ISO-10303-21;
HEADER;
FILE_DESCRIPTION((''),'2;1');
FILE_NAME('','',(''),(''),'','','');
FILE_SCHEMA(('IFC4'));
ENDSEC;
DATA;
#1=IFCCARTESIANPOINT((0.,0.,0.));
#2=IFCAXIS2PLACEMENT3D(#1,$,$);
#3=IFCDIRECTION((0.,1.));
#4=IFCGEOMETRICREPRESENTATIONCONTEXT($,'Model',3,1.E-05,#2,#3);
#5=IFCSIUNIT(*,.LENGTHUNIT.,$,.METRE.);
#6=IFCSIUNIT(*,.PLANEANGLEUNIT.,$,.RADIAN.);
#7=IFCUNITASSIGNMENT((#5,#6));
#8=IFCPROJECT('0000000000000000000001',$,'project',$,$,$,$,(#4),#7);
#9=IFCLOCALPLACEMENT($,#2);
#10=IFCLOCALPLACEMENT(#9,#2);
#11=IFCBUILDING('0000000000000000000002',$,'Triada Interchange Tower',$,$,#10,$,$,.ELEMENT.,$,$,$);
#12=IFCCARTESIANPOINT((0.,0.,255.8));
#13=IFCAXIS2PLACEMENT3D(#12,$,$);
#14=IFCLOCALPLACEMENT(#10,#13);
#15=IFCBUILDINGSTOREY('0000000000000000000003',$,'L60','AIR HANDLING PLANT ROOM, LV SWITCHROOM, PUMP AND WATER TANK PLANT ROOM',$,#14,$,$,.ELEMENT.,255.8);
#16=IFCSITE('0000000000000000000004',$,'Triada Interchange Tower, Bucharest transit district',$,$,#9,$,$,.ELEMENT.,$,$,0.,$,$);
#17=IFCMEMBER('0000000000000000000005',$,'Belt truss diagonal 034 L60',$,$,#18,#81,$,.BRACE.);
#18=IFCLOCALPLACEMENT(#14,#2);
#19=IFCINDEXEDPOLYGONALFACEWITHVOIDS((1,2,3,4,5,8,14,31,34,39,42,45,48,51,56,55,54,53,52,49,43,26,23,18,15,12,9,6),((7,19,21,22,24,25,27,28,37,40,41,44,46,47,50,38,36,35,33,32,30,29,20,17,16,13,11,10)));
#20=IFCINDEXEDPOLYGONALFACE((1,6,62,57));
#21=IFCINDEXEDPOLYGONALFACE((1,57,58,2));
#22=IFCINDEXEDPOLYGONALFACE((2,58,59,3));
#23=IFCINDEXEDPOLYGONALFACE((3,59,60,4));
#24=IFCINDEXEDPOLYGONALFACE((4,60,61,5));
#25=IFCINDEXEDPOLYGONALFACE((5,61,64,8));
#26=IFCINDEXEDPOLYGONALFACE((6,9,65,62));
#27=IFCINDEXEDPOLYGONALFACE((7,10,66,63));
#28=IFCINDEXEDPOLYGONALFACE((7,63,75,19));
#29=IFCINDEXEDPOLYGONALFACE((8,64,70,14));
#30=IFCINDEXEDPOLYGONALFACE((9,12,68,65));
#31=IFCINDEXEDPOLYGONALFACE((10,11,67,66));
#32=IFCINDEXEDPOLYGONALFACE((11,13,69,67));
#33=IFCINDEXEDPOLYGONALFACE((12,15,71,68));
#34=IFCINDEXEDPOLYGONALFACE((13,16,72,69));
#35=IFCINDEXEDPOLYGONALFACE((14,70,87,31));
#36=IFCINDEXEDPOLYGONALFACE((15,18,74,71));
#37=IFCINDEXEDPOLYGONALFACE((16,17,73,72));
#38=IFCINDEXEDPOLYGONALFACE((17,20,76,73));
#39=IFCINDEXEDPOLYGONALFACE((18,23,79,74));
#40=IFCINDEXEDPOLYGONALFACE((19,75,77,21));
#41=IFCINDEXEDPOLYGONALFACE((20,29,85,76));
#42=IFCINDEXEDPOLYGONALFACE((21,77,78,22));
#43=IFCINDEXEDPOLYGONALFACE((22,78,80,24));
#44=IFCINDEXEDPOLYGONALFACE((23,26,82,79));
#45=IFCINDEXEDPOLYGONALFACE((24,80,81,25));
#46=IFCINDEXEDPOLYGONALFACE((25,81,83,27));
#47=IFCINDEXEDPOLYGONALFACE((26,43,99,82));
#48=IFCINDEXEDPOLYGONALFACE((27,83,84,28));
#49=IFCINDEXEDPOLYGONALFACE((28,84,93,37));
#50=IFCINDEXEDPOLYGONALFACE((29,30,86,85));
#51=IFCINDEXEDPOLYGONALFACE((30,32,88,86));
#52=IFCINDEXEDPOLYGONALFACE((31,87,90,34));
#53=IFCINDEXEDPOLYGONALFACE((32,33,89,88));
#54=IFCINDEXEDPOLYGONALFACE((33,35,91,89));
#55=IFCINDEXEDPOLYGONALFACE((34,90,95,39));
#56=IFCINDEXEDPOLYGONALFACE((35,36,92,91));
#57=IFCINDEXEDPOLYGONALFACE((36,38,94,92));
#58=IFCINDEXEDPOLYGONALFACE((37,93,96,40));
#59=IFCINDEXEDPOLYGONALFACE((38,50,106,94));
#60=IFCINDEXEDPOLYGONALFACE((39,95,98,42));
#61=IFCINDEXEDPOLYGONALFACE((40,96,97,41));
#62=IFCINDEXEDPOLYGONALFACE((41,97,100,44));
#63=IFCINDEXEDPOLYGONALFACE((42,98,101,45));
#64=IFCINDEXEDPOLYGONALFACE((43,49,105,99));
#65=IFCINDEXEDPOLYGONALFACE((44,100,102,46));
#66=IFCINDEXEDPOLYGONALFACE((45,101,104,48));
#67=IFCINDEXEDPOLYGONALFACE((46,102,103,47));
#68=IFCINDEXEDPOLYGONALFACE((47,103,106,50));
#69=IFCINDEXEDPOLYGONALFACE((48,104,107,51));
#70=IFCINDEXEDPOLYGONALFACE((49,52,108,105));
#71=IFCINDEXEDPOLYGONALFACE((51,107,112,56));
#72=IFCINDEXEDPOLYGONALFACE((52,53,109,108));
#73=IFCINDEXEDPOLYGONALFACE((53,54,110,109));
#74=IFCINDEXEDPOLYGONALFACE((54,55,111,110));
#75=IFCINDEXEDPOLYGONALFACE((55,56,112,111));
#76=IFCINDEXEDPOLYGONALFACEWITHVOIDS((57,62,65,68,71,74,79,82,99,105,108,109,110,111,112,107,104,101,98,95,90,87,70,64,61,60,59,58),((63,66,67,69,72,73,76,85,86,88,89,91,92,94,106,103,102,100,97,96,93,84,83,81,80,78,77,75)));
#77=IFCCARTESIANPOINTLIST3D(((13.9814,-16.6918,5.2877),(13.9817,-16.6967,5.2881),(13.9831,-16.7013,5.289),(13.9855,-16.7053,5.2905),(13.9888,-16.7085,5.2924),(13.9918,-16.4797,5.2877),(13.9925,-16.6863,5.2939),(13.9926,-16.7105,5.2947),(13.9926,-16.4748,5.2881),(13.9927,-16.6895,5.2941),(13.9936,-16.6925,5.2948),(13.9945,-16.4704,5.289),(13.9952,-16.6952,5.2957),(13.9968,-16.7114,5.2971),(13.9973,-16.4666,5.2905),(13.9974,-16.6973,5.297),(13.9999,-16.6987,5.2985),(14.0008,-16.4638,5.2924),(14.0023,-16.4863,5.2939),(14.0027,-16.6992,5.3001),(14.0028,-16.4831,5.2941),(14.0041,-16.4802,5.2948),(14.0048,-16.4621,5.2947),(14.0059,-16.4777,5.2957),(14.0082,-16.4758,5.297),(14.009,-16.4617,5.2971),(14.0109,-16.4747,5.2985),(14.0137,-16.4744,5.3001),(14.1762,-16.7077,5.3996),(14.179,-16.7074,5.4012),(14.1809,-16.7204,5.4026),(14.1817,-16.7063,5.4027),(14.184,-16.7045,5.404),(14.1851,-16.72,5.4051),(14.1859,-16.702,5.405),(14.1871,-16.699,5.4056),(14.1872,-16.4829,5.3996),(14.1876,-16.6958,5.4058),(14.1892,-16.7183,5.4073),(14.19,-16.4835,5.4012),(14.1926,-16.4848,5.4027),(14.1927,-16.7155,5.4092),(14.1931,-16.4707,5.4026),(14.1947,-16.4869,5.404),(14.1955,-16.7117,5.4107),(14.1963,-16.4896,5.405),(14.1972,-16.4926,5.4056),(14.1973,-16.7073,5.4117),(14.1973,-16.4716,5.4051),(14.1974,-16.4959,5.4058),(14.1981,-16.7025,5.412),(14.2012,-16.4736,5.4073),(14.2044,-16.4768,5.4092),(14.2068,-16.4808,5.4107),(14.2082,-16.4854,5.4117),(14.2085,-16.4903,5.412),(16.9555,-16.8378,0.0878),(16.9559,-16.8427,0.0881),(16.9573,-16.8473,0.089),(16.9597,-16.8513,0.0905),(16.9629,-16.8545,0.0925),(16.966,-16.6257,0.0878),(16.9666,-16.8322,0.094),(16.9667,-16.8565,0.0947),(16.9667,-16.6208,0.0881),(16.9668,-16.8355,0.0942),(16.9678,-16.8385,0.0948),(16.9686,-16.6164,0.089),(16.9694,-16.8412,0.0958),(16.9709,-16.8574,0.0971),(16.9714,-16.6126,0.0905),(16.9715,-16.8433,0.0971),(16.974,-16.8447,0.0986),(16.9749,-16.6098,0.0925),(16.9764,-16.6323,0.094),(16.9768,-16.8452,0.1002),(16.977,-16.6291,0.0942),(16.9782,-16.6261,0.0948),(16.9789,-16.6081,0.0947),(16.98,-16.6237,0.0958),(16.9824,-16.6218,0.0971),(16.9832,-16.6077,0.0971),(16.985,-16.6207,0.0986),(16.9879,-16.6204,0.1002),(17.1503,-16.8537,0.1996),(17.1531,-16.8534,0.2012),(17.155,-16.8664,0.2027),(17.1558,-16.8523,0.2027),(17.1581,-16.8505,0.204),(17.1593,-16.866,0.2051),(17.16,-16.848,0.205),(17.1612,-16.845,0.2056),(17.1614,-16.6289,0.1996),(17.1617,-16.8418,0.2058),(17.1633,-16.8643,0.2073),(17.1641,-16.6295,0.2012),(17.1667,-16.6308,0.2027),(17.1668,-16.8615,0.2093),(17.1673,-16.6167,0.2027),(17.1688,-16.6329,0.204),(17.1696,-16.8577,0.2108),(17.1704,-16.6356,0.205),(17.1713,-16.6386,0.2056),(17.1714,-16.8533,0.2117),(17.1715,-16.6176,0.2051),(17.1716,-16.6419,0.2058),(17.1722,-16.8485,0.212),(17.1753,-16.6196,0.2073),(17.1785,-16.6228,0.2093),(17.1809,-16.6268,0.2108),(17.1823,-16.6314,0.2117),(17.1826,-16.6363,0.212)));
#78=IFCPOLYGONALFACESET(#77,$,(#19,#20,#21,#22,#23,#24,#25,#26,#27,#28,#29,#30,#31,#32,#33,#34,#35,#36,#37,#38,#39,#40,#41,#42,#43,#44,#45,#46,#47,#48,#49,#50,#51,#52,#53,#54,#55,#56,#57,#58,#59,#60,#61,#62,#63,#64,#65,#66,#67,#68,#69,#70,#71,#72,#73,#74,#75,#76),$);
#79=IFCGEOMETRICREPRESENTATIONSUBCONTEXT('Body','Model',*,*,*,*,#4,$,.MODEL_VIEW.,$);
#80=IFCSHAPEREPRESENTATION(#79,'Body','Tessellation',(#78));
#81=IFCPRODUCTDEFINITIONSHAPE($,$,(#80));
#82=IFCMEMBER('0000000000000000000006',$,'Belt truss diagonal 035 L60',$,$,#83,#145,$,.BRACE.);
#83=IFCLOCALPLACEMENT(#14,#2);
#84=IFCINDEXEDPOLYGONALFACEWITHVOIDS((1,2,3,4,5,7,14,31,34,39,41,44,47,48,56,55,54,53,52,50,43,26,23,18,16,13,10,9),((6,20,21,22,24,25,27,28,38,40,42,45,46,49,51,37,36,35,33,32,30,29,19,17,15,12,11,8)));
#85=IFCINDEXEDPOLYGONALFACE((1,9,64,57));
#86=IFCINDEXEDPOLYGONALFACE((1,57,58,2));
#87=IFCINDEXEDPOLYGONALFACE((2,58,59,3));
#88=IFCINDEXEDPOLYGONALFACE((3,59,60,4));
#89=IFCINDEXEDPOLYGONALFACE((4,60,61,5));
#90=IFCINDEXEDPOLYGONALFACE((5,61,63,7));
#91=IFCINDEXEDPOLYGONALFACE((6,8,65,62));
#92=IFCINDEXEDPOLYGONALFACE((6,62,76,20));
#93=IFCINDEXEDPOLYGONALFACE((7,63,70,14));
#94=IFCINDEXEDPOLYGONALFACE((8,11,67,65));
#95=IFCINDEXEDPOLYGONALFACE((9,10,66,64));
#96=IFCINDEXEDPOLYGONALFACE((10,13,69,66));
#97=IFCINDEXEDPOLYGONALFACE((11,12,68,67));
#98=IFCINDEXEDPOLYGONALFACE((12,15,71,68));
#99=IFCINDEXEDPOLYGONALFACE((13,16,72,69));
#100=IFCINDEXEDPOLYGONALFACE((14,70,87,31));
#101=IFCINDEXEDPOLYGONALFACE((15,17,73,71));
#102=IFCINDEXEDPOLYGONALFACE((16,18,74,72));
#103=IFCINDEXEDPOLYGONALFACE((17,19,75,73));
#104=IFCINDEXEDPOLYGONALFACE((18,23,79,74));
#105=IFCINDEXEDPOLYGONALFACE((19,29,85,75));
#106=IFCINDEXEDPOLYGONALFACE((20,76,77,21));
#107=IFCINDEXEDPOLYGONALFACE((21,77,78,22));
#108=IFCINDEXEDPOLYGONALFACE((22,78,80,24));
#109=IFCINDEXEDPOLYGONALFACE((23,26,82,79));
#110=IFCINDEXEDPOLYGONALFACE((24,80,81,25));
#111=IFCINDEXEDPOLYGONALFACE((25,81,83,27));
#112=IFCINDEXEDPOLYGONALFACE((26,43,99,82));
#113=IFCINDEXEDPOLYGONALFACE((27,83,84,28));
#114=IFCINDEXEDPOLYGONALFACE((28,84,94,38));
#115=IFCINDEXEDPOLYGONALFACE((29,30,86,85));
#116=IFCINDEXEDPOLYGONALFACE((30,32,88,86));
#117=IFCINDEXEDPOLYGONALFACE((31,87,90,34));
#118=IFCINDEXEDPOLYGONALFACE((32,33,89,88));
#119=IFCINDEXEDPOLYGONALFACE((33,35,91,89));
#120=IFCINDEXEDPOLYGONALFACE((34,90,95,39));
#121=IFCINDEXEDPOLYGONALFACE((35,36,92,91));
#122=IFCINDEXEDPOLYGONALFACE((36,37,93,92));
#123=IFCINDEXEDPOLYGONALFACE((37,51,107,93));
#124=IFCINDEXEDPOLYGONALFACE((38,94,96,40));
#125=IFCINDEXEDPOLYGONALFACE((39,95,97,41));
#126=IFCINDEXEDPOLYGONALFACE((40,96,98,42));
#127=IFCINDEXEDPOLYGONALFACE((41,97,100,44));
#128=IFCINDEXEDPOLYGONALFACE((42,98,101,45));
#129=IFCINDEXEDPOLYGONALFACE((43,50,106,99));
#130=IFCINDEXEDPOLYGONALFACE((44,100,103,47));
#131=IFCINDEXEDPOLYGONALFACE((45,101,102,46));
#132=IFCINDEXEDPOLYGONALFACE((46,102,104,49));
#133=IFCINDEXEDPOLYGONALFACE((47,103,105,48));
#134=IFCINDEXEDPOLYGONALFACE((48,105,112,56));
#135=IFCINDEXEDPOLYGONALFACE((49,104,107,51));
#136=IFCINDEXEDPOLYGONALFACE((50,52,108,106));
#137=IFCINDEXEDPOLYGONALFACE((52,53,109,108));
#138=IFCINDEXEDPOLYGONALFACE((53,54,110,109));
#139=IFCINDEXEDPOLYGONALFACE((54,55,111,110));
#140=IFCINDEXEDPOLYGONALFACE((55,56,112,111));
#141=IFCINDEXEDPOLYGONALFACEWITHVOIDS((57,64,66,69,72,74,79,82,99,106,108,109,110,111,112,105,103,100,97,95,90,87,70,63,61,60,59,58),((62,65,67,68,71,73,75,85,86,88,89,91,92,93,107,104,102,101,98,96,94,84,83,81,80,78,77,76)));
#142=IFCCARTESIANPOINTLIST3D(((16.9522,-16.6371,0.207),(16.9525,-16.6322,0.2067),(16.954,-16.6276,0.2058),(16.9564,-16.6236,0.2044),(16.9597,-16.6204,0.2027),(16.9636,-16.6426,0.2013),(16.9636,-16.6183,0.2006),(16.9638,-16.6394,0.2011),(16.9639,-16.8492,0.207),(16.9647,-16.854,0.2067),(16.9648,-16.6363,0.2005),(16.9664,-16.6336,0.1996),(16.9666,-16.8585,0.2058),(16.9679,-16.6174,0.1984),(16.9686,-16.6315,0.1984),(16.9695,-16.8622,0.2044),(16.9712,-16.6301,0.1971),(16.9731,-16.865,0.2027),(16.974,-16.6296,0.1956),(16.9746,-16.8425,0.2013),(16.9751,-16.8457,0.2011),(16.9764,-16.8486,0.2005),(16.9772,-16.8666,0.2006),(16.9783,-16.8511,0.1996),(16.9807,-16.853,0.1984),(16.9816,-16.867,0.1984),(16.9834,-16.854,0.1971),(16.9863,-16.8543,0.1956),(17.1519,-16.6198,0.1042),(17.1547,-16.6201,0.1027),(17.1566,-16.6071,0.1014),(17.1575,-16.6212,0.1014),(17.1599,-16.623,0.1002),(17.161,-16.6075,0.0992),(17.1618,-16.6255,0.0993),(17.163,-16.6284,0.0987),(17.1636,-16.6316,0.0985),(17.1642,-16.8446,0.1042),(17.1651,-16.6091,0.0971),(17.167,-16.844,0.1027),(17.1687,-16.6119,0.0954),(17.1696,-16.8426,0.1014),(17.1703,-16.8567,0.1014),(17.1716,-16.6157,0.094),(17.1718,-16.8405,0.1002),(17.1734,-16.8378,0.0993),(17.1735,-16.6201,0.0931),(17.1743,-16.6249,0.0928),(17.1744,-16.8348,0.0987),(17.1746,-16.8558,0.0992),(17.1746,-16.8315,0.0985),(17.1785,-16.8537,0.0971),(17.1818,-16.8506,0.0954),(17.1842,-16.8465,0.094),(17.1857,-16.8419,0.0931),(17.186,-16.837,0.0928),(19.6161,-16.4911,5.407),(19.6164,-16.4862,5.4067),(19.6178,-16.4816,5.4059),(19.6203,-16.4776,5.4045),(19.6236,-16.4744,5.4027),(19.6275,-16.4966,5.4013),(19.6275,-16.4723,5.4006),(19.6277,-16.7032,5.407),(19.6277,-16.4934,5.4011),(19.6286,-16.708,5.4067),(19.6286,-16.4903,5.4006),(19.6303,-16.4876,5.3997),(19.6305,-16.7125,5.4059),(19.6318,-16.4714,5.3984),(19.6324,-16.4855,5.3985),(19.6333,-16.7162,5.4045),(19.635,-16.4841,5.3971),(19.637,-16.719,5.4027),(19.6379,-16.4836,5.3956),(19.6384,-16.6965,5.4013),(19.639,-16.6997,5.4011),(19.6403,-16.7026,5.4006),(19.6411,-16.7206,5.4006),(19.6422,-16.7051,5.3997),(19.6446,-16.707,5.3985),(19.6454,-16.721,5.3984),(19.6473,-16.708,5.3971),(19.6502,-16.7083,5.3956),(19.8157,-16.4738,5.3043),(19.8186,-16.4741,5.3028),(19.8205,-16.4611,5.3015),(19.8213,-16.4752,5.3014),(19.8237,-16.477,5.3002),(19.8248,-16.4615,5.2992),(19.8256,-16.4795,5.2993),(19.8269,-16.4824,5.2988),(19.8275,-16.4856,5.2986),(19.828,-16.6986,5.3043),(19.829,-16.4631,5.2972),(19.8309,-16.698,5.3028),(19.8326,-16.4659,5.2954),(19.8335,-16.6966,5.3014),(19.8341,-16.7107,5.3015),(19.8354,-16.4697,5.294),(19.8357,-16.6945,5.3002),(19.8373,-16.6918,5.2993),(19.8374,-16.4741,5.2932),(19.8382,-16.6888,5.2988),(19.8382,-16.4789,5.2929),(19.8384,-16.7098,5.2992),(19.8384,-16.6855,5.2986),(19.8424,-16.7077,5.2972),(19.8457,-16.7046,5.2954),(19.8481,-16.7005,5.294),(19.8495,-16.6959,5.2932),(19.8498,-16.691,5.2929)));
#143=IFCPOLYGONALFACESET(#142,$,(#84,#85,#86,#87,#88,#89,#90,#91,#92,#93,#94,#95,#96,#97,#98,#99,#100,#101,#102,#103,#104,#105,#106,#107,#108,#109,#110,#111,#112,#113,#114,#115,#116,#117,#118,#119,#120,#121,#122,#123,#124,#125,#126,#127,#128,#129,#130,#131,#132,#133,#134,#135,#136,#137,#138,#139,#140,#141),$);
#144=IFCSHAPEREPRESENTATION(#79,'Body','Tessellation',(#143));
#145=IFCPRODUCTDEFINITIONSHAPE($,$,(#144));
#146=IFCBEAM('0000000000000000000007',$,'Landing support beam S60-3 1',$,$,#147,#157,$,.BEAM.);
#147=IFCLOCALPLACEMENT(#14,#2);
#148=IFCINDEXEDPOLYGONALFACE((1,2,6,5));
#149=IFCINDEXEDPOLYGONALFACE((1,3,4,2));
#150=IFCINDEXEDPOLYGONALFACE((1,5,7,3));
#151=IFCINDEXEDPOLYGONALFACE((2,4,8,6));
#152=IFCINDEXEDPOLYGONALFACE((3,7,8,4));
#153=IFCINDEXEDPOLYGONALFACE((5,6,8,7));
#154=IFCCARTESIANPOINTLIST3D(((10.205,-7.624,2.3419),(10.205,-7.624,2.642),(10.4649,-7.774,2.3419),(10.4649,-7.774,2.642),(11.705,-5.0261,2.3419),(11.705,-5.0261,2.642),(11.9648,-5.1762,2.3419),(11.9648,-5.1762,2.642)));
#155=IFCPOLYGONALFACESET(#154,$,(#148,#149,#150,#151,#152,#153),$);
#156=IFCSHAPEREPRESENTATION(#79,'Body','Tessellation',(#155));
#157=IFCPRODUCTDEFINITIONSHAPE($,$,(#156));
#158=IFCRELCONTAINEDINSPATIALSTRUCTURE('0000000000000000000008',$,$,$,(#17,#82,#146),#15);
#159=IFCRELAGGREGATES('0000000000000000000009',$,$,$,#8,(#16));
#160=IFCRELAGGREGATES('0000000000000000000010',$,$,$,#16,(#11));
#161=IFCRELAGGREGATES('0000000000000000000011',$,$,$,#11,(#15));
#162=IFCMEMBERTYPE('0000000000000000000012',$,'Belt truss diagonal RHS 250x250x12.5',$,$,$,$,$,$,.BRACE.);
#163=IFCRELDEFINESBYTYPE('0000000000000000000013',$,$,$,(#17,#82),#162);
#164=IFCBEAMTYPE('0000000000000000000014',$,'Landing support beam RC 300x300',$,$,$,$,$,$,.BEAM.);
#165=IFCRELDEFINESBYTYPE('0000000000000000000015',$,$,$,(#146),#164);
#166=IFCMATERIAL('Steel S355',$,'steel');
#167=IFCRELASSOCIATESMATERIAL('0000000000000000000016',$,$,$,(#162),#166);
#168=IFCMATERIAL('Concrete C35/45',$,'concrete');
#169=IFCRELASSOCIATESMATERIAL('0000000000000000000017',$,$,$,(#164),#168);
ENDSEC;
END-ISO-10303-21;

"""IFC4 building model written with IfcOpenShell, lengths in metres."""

from ifc_helpers import new_model, si_unit, direction, frame, origin, origin_2d, place, context, subcontext, project, spatial, rectangle, hollow_rectangle, extrude, material, material_profile, profile_set, type_object, element, save


model = new_model("IFC4")

# Units and contexts
model_context = context("Model", 3, precision=1e-05, world=origin(), true_north=direction((0.0, 1.0)))
body_context = subcontext(model_context, "Body", "Model", "MODEL_VIEW")
ifc_project = project(units=[si_unit("LENGTHUNIT", "METRE"), si_unit("PLANEANGLEUNIT", "RADIAN")], contexts=[model_context])

# Site, building, storey
site_placement = place(None, origin())
site = spatial("IfcSite", under=ifc_project, at=site_placement, Name="Triada Interchange Tower, Bucharest transit district", CompositionType="ELEMENT", RefElevation=0.0)
building_placement = place(site_placement, origin())
building = spatial("IfcBuilding", under=site, at=building_placement, Name="Triada Interchange Tower", CompositionType="ELEMENT")
storey_placement = place(building_placement, frame((0.0, 0.0, 255.8)))
storey = spatial("IfcBuildingStorey", under=building, at=storey_placement, Name="L60", Description="AIR HANDLING PLANT ROOM, LV SWITCHROOM, PUMP AND WATER TANK PLANT ROOM", CompositionType="ELEMENT", Elevation=255.8)

# Members
ifc_material_1 = material(Name="Steel S355", Category="steel")
ifc_material_profile_1 = material_profile(ifc_material_1, hollow_rectangle(XDim=0.25, YDim=0.25, WallThickness=0.0125, InnerFilletRadius=0.0125, OuterFilletRadius=0.0188, at=origin_2d()), Name="RHS 250x250x12.5")
ifc_profile_set_1 = profile_set([ifc_material_profile_1], Name="Steel S355")
member_type_1 = type_object("IfcMemberType", Name="Belt truss diagonal RHS 250x250x12.5", PredefinedType="BRACE", material=ifc_profile_set_1)
member_1_placement = place(storey_placement, frame((17.0691, -16.7371, 0.1499), z_axis=(-0.496334, 0.024364, 0.86779), x_axis=(-0.04903, -0.998797, 0.0)))
element("IfcMember", 1, at=member_1_placement, inside=storey, type_object=member_type_1, Name="Belt truss diagonal 034 L60", PredefinedType="BRACE", context=body_context, shape_type="SweptSolid", body=[
    extrude(hollow_rectangle(XDim=0.25, YDim=0.25, WallThickness=0.0125, InnerFilletRadius=0.0125, OuterFilletRadius=0.0188, at=origin_2d()), origin(), (0.0, 0.0, 1.0), 5.9922),
])
member_2_placement = place(storey_placement, frame((17.0691, -16.7371, 0.1499), z_axis=(0.455792, 0.024981, 0.889736), x_axis=(-0.054725, 0.998501, 0.0)))
element("IfcMember", 2, at=member_2_placement, inside=storey, type_object=member_type_1, Name="Belt truss diagonal 035 L60", PredefinedType="BRACE", context=body_context, shape_type="SweptSolid", body=[
    extrude(hollow_rectangle(XDim=0.25, YDim=0.25, WallThickness=0.0125, InnerFilletRadius=0.0125, OuterFilletRadius=0.0188, at=origin_2d()), origin(), (0.0, 0.0, 1.0), 5.8445),
])

# Beam
ifc_material_2 = material(Name="Concrete C35/45", Category="concrete")
ifc_material_profile_2 = material_profile(ifc_material_2, rectangle(XDim=0.3, YDim=0.3, at=origin_2d()), Name="RC 300x300")
ifc_profile_set_2 = profile_set([ifc_material_profile_2], Name="Concrete C35/45")
beam_type = type_object("IfcBeamType", Name="Landing support beam RC 300x300", PredefinedType="BEAM", material=ifc_profile_set_2)
beam_placement = place(storey_placement, frame((10.335, -7.699, 2.4919), z_axis=(0.500025, 0.866011, 0.0), x_axis=(-0.866011, 0.500025, 0.0)))
element("IfcBeam", 3, at=beam_placement, inside=storey, type_object=beam_type, Name="Landing support beam S60-3 1", PredefinedType="BEAM", context=body_context, shape_type="SweptSolid", body=[
    extrude(rectangle(XDim=0.3, YDim=0.3, at=origin_2d()), origin(), (0.0, 0.0, 1.0), 2.9998),
])

save(model, "model.ifc")
